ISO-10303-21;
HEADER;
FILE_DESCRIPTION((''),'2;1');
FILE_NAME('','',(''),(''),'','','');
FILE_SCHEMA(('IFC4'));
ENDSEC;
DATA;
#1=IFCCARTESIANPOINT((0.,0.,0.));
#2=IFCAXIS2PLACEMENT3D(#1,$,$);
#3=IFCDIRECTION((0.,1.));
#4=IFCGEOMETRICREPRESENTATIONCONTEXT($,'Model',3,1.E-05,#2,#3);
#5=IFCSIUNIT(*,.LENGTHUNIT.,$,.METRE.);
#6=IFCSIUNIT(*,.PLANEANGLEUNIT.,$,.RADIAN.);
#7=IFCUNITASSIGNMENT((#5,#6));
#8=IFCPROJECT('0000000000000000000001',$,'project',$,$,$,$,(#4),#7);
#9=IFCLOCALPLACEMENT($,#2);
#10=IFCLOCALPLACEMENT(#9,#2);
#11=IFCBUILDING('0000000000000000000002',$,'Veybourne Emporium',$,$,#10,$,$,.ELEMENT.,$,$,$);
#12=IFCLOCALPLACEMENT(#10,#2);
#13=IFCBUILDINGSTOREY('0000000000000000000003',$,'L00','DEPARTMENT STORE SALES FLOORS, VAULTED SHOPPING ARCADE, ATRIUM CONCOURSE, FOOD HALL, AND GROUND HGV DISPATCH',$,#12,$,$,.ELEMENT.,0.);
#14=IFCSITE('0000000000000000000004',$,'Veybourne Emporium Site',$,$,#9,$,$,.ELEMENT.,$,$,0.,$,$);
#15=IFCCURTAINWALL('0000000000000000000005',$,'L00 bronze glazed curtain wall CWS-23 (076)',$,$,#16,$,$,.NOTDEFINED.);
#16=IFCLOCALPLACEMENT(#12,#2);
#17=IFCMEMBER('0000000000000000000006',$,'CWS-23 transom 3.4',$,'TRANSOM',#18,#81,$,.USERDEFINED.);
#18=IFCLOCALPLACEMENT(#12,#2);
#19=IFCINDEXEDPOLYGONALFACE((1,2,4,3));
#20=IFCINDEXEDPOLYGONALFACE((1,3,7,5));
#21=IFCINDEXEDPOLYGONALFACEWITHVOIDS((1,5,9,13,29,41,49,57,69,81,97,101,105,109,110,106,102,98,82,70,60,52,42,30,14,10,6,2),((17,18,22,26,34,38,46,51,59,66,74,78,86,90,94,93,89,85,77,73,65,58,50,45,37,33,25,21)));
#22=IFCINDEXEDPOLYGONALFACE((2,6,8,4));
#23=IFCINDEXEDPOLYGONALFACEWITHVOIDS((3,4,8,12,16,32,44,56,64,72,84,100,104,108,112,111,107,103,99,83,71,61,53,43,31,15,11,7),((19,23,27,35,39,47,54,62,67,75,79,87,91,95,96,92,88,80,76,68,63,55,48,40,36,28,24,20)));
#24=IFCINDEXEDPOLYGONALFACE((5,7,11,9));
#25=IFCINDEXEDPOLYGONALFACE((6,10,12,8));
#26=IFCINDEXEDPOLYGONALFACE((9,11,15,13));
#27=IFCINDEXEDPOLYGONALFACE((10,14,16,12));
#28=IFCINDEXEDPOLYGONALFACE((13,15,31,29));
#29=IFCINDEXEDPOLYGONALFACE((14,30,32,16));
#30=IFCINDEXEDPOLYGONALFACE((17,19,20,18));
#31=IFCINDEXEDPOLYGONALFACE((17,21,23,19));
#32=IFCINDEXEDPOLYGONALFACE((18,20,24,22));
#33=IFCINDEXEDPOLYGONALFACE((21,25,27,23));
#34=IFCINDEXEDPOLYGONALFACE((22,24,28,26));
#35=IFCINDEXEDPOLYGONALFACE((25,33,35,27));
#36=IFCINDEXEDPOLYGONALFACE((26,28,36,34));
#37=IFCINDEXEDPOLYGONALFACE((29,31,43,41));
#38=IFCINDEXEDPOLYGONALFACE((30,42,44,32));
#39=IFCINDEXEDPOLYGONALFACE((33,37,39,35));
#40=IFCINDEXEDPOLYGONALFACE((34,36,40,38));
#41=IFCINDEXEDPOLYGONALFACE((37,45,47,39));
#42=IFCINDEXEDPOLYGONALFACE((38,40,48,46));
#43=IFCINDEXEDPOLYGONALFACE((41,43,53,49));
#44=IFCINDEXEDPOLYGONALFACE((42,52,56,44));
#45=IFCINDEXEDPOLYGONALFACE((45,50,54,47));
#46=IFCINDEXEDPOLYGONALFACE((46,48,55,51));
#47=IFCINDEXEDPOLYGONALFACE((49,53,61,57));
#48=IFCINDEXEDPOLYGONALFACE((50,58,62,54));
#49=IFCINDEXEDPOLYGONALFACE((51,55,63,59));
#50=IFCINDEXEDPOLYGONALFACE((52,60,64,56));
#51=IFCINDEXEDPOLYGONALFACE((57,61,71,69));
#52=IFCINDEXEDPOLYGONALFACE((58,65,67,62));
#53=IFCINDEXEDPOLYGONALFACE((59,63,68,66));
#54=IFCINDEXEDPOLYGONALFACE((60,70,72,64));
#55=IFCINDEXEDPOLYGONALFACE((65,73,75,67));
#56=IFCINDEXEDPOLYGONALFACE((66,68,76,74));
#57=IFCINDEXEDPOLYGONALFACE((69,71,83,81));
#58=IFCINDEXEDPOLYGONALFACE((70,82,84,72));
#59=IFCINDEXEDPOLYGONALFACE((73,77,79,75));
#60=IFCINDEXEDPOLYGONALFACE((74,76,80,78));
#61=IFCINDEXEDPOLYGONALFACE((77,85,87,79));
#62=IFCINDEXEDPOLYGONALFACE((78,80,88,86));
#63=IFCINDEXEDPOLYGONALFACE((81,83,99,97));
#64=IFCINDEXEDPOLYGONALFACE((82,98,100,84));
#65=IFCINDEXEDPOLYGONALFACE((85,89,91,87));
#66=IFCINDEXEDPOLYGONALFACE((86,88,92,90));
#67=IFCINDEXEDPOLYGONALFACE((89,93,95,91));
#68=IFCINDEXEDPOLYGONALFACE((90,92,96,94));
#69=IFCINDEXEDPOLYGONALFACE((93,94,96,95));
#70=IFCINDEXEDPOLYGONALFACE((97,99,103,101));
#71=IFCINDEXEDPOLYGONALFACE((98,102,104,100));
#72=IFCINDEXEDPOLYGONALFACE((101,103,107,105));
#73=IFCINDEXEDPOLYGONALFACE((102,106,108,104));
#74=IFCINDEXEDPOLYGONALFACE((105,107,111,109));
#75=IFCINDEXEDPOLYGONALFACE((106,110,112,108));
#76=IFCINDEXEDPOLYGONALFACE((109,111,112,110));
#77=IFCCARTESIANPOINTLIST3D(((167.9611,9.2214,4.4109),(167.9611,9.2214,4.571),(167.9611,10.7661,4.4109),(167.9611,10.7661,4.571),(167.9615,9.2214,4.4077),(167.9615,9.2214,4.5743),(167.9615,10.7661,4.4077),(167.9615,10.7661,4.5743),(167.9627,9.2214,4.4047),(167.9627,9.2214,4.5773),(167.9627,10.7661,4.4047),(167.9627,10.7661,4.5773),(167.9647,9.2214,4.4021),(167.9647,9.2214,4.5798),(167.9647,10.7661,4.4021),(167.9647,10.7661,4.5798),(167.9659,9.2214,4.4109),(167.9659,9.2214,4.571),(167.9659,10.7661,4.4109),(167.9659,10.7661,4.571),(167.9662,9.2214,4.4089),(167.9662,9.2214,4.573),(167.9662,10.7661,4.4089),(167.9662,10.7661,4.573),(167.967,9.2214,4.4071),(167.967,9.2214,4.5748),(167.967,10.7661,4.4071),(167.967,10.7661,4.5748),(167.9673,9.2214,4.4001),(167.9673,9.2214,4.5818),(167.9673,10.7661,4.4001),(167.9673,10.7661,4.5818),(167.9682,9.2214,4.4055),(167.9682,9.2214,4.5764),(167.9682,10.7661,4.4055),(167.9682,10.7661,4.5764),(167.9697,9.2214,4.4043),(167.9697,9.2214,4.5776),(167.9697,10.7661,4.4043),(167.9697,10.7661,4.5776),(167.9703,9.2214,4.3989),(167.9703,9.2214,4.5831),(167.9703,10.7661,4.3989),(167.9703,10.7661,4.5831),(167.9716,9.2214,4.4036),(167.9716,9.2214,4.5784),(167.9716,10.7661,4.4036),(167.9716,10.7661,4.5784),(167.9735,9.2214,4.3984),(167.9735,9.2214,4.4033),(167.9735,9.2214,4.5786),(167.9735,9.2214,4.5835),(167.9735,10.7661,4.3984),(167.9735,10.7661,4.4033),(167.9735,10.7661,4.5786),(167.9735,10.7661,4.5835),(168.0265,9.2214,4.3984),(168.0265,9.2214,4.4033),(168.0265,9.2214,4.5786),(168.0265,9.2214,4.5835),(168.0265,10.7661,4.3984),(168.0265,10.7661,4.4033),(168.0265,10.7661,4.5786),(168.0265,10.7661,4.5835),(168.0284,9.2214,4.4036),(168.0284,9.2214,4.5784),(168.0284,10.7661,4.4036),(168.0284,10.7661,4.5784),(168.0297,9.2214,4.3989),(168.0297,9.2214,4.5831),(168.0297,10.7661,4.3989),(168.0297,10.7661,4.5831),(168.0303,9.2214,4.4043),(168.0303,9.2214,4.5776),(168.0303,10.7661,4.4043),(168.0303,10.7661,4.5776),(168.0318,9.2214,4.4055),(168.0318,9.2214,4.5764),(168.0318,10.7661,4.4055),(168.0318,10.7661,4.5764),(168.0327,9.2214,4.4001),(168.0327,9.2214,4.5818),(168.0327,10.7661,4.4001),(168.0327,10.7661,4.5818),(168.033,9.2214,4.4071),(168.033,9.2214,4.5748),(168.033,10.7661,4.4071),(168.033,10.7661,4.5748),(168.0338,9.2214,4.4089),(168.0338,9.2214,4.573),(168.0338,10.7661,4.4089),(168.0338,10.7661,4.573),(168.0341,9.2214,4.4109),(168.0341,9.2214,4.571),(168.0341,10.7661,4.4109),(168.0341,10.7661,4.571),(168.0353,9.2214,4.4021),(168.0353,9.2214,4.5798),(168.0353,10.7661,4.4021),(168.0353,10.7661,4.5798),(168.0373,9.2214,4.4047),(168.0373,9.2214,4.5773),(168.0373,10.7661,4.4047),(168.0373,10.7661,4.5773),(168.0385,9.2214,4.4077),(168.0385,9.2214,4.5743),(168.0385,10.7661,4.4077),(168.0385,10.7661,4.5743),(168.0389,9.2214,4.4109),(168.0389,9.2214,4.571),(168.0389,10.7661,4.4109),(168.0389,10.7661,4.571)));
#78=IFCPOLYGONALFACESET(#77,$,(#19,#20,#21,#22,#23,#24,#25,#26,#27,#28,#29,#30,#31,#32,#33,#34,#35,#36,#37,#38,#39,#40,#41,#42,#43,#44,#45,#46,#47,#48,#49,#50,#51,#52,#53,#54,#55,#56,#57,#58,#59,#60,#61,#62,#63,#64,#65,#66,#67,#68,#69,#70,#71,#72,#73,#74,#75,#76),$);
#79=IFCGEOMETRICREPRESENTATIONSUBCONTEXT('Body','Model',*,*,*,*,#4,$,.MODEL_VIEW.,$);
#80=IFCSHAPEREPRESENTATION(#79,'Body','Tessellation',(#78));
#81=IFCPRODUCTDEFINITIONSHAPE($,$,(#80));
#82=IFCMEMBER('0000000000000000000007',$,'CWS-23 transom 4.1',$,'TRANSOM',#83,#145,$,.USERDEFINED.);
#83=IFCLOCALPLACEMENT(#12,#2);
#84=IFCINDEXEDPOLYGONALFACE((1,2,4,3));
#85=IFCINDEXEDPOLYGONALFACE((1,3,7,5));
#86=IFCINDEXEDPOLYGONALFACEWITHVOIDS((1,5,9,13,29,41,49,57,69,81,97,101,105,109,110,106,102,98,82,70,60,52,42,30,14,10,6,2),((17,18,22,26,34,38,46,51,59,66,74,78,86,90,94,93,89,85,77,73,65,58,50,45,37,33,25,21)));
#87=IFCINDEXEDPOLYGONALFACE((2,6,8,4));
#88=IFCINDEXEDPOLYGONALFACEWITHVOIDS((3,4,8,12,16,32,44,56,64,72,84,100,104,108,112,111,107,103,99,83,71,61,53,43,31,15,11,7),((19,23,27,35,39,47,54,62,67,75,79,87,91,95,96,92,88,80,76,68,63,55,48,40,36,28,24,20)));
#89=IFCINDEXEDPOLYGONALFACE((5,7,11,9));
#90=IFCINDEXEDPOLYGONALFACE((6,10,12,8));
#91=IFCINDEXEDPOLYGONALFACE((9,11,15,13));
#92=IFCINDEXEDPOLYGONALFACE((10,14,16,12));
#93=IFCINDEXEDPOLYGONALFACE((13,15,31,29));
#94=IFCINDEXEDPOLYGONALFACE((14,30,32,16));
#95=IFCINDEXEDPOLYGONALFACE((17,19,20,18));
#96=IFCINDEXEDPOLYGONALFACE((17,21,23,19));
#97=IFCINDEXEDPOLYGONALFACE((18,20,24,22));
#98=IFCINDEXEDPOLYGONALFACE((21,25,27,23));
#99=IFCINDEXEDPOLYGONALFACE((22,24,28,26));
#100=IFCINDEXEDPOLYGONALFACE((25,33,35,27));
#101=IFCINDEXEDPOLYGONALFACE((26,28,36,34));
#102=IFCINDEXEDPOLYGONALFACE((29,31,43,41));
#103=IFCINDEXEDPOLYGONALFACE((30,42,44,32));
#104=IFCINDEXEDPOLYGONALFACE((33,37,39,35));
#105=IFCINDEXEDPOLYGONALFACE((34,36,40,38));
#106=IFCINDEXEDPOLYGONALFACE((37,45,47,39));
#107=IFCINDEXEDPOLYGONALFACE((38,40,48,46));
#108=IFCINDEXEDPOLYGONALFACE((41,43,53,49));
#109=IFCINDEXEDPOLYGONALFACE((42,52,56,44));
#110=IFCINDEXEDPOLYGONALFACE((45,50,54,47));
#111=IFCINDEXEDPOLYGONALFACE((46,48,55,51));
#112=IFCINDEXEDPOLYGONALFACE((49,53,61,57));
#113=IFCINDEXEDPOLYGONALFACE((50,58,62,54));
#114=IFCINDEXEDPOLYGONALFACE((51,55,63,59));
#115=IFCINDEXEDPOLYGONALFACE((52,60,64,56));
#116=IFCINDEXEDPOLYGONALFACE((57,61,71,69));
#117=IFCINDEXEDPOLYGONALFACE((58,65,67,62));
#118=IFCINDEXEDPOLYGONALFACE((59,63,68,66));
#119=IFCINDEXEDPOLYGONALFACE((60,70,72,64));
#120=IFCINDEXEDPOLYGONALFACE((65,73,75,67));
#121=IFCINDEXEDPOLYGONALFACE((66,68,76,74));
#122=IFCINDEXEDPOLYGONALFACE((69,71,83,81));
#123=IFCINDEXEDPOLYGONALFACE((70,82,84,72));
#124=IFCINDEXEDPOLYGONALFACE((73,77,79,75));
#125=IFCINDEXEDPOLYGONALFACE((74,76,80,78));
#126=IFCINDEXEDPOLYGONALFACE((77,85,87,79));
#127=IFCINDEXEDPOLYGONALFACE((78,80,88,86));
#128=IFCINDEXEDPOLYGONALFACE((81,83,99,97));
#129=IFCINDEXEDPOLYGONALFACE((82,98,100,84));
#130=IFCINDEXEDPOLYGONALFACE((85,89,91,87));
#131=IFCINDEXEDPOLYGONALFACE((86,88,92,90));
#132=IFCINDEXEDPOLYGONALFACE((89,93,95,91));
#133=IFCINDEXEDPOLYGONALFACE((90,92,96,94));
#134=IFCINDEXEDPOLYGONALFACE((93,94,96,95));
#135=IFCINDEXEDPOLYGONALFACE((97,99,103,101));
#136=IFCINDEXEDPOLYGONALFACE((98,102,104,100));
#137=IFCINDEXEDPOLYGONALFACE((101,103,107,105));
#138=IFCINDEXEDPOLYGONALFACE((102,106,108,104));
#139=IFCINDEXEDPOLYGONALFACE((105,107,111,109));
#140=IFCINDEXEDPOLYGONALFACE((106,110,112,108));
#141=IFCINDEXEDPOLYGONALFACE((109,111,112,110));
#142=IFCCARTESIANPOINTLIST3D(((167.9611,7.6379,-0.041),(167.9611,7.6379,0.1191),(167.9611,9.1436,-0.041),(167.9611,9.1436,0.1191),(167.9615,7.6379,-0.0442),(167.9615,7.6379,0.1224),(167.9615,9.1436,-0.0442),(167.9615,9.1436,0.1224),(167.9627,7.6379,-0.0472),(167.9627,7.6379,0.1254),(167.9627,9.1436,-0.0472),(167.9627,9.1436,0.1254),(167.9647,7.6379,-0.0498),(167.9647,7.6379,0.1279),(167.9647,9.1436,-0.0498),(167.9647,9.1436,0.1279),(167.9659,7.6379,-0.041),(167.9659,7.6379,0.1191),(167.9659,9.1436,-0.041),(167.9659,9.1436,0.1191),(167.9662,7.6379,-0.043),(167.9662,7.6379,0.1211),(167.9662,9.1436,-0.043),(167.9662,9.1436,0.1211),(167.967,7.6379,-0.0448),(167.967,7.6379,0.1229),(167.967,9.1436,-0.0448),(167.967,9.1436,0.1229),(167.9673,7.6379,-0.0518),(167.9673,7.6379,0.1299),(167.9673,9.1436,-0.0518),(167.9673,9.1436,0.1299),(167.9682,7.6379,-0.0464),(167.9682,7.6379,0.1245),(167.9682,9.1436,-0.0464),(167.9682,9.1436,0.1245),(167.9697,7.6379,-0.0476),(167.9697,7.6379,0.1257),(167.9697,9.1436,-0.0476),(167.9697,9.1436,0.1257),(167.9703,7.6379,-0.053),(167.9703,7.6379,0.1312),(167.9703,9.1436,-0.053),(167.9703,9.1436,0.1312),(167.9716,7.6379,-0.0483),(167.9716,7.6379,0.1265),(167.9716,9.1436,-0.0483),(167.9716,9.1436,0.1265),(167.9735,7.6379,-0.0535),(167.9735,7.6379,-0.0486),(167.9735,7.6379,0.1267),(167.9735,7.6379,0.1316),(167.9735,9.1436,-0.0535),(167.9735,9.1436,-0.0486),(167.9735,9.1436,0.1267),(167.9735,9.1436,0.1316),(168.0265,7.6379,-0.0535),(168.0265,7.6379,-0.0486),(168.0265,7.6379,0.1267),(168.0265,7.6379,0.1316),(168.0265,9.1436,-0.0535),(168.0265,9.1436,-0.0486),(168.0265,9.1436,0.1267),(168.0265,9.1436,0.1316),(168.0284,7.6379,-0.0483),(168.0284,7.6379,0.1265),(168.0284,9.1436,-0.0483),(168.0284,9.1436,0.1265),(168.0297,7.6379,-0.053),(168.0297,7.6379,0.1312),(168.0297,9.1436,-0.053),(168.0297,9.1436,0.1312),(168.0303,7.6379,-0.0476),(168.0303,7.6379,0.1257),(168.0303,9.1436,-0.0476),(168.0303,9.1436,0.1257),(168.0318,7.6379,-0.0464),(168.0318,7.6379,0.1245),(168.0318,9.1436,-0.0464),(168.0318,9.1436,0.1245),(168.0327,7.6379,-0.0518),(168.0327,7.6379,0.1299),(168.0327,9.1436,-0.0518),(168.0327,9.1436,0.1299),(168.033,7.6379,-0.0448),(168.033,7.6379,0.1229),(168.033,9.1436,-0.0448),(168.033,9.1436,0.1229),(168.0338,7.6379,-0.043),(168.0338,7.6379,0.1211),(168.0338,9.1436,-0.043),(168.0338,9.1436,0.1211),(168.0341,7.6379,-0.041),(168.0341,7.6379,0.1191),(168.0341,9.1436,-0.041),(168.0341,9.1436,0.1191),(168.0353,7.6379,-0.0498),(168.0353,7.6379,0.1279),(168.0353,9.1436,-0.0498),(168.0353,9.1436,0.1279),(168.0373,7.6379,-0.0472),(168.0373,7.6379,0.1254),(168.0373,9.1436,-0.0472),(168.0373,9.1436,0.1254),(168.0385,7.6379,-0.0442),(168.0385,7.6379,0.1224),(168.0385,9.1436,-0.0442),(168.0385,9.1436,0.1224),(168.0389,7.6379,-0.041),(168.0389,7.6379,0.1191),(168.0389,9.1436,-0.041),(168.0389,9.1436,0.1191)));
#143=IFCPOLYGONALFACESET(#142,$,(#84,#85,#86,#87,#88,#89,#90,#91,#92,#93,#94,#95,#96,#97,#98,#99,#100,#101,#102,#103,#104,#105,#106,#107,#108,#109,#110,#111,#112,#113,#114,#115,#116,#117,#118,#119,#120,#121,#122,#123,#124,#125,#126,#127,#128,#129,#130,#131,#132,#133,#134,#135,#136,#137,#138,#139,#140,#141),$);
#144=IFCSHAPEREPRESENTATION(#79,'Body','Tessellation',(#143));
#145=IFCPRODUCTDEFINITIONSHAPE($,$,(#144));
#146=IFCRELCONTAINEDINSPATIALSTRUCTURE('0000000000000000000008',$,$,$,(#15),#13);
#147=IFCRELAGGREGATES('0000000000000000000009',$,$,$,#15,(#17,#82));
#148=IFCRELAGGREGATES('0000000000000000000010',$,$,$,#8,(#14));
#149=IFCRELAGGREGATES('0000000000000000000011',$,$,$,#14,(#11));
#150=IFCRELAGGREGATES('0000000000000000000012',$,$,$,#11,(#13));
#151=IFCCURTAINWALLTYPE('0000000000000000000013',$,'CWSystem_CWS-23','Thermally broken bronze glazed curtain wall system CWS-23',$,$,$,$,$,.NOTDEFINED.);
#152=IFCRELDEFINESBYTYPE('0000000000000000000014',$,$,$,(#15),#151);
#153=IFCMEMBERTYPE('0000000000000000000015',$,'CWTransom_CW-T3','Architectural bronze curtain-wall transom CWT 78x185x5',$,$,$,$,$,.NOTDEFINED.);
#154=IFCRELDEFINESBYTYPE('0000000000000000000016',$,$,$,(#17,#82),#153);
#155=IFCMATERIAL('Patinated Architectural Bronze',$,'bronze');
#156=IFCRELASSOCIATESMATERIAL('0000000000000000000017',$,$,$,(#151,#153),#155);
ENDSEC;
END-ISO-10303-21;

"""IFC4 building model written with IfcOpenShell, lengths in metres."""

from ifc_helpers import new_model, si_unit, direction, frame, origin, origin_2d, place, context, subcontext, project, spatial, hollow_rectangle, extrude, material, material_profile, profile_set, type_object, element, aggregate, save


model = new_model("IFC4")

# Units and contexts
model_context = context("Model", 3, precision=1e-05, world=origin(), true_north=direction((0.0, 1.0)))
body_context = subcontext(model_context, "Body", "Model", "MODEL_VIEW")
ifc_project = project(units=[si_unit("LENGTHUNIT", "METRE"), si_unit("PLANEANGLEUNIT", "RADIAN")], contexts=[model_context])

# Site, building, storey
site_placement = place(None, origin())
site = spatial("IfcSite", under=ifc_project, at=site_placement, Name="Veybourne Emporium Site", CompositionType="ELEMENT", RefElevation=0.0)
building_placement = place(site_placement, origin())
building = spatial("IfcBuilding", under=site, at=building_placement, Name="Veybourne Emporium", CompositionType="ELEMENT")
storey_placement = place(building_placement, origin())
storey = spatial("IfcBuildingStorey", under=building, at=storey_placement, Name="L00", Description="DEPARTMENT STORE SALES FLOORS, VAULTED SHOPPING ARCADE, ATRIUM CONCOURSE, FOOD HALL, AND GROUND HGV DISPATCH", CompositionType="ELEMENT", Elevation=0.0)

# Curtain wall
ifc_material_1 = material(Name="Patinated Architectural Bronze", Category="bronze")
curtain_wall_type_1 = type_object("IfcCurtainWallType", Name="CWSystem_CWS-23", Description="Thermally broken bronze glazed curtain wall system CWS-23", PredefinedType="NOTDEFINED", material=ifc_material_1)
curtain_wall_1_placement = place(storey_placement, origin())
curtain_wall_1 = element("IfcCurtainWall", 1, at=curtain_wall_1_placement, inside=storey, type_object=curtain_wall_type_1, Name="L00 bronze glazed curtain wall CWS-23 (076)", PredefinedType="NOTDEFINED")

# Members
ifc_material_profile_1 = material_profile(ifc_material_1, hollow_rectangle(XDim=0.0779, YDim=0.1851, WallThickness=0.0049, InnerFilletRadius=0.0076, OuterFilletRadius=0.0125, at=origin_2d()), Name="CWT 78x185x5")
ifc_profile_set_1 = profile_set([ifc_material_profile_1], Name="Patinated Architectural Bronze")
member_type_1 = type_object("IfcMemberType", Name="CWTransom_CW-T3", Description="Architectural bronze curtain-wall transom CWT 78x185x5", PredefinedType="NOTDEFINED", material=ifc_profile_set_1)
member_1_placement = place(storey_placement, frame((168.0, 10.7661, 4.491), z_axis=(0.0, -1.0, 0.0), x_axis=(1.0, 0.0, 0.0)))
member_1 = element("IfcMember", 2, at=member_1_placement, type_object=member_type_1, Name="CWS-23 transom 3.4", ObjectType="TRANSOM", PredefinedType="USERDEFINED", context=body_context, shape_type="SweptSolid", body=[
    extrude(hollow_rectangle(XDim=0.0779, YDim=0.1851, WallThickness=0.0049, InnerFilletRadius=0.0076, OuterFilletRadius=0.0125, at=origin_2d()), origin(), (0.0, 0.0, 1.0), 1.5447),
])
member_2_placement = place(storey_placement, frame((168.0, 9.1436, 0.0391), z_axis=(0.0, -1.0, 0.0), x_axis=(1.0, 0.0, 0.0)))
member_2 = element("IfcMember", 3, at=member_2_placement, type_object=member_type_1, Name="CWS-23 transom 4.1", ObjectType="TRANSOM", PredefinedType="USERDEFINED", context=body_context, shape_type="SweptSolid", body=[
    extrude(hollow_rectangle(XDim=0.0779, YDim=0.1851, WallThickness=0.0049, InnerFilletRadius=0.0076, OuterFilletRadius=0.0125, at=origin_2d()), origin(), (0.0, 0.0, 1.0), 1.5056),
])

aggregate(curtain_wall_1, [member_1, member_2])

save(model, "model.ifc")
